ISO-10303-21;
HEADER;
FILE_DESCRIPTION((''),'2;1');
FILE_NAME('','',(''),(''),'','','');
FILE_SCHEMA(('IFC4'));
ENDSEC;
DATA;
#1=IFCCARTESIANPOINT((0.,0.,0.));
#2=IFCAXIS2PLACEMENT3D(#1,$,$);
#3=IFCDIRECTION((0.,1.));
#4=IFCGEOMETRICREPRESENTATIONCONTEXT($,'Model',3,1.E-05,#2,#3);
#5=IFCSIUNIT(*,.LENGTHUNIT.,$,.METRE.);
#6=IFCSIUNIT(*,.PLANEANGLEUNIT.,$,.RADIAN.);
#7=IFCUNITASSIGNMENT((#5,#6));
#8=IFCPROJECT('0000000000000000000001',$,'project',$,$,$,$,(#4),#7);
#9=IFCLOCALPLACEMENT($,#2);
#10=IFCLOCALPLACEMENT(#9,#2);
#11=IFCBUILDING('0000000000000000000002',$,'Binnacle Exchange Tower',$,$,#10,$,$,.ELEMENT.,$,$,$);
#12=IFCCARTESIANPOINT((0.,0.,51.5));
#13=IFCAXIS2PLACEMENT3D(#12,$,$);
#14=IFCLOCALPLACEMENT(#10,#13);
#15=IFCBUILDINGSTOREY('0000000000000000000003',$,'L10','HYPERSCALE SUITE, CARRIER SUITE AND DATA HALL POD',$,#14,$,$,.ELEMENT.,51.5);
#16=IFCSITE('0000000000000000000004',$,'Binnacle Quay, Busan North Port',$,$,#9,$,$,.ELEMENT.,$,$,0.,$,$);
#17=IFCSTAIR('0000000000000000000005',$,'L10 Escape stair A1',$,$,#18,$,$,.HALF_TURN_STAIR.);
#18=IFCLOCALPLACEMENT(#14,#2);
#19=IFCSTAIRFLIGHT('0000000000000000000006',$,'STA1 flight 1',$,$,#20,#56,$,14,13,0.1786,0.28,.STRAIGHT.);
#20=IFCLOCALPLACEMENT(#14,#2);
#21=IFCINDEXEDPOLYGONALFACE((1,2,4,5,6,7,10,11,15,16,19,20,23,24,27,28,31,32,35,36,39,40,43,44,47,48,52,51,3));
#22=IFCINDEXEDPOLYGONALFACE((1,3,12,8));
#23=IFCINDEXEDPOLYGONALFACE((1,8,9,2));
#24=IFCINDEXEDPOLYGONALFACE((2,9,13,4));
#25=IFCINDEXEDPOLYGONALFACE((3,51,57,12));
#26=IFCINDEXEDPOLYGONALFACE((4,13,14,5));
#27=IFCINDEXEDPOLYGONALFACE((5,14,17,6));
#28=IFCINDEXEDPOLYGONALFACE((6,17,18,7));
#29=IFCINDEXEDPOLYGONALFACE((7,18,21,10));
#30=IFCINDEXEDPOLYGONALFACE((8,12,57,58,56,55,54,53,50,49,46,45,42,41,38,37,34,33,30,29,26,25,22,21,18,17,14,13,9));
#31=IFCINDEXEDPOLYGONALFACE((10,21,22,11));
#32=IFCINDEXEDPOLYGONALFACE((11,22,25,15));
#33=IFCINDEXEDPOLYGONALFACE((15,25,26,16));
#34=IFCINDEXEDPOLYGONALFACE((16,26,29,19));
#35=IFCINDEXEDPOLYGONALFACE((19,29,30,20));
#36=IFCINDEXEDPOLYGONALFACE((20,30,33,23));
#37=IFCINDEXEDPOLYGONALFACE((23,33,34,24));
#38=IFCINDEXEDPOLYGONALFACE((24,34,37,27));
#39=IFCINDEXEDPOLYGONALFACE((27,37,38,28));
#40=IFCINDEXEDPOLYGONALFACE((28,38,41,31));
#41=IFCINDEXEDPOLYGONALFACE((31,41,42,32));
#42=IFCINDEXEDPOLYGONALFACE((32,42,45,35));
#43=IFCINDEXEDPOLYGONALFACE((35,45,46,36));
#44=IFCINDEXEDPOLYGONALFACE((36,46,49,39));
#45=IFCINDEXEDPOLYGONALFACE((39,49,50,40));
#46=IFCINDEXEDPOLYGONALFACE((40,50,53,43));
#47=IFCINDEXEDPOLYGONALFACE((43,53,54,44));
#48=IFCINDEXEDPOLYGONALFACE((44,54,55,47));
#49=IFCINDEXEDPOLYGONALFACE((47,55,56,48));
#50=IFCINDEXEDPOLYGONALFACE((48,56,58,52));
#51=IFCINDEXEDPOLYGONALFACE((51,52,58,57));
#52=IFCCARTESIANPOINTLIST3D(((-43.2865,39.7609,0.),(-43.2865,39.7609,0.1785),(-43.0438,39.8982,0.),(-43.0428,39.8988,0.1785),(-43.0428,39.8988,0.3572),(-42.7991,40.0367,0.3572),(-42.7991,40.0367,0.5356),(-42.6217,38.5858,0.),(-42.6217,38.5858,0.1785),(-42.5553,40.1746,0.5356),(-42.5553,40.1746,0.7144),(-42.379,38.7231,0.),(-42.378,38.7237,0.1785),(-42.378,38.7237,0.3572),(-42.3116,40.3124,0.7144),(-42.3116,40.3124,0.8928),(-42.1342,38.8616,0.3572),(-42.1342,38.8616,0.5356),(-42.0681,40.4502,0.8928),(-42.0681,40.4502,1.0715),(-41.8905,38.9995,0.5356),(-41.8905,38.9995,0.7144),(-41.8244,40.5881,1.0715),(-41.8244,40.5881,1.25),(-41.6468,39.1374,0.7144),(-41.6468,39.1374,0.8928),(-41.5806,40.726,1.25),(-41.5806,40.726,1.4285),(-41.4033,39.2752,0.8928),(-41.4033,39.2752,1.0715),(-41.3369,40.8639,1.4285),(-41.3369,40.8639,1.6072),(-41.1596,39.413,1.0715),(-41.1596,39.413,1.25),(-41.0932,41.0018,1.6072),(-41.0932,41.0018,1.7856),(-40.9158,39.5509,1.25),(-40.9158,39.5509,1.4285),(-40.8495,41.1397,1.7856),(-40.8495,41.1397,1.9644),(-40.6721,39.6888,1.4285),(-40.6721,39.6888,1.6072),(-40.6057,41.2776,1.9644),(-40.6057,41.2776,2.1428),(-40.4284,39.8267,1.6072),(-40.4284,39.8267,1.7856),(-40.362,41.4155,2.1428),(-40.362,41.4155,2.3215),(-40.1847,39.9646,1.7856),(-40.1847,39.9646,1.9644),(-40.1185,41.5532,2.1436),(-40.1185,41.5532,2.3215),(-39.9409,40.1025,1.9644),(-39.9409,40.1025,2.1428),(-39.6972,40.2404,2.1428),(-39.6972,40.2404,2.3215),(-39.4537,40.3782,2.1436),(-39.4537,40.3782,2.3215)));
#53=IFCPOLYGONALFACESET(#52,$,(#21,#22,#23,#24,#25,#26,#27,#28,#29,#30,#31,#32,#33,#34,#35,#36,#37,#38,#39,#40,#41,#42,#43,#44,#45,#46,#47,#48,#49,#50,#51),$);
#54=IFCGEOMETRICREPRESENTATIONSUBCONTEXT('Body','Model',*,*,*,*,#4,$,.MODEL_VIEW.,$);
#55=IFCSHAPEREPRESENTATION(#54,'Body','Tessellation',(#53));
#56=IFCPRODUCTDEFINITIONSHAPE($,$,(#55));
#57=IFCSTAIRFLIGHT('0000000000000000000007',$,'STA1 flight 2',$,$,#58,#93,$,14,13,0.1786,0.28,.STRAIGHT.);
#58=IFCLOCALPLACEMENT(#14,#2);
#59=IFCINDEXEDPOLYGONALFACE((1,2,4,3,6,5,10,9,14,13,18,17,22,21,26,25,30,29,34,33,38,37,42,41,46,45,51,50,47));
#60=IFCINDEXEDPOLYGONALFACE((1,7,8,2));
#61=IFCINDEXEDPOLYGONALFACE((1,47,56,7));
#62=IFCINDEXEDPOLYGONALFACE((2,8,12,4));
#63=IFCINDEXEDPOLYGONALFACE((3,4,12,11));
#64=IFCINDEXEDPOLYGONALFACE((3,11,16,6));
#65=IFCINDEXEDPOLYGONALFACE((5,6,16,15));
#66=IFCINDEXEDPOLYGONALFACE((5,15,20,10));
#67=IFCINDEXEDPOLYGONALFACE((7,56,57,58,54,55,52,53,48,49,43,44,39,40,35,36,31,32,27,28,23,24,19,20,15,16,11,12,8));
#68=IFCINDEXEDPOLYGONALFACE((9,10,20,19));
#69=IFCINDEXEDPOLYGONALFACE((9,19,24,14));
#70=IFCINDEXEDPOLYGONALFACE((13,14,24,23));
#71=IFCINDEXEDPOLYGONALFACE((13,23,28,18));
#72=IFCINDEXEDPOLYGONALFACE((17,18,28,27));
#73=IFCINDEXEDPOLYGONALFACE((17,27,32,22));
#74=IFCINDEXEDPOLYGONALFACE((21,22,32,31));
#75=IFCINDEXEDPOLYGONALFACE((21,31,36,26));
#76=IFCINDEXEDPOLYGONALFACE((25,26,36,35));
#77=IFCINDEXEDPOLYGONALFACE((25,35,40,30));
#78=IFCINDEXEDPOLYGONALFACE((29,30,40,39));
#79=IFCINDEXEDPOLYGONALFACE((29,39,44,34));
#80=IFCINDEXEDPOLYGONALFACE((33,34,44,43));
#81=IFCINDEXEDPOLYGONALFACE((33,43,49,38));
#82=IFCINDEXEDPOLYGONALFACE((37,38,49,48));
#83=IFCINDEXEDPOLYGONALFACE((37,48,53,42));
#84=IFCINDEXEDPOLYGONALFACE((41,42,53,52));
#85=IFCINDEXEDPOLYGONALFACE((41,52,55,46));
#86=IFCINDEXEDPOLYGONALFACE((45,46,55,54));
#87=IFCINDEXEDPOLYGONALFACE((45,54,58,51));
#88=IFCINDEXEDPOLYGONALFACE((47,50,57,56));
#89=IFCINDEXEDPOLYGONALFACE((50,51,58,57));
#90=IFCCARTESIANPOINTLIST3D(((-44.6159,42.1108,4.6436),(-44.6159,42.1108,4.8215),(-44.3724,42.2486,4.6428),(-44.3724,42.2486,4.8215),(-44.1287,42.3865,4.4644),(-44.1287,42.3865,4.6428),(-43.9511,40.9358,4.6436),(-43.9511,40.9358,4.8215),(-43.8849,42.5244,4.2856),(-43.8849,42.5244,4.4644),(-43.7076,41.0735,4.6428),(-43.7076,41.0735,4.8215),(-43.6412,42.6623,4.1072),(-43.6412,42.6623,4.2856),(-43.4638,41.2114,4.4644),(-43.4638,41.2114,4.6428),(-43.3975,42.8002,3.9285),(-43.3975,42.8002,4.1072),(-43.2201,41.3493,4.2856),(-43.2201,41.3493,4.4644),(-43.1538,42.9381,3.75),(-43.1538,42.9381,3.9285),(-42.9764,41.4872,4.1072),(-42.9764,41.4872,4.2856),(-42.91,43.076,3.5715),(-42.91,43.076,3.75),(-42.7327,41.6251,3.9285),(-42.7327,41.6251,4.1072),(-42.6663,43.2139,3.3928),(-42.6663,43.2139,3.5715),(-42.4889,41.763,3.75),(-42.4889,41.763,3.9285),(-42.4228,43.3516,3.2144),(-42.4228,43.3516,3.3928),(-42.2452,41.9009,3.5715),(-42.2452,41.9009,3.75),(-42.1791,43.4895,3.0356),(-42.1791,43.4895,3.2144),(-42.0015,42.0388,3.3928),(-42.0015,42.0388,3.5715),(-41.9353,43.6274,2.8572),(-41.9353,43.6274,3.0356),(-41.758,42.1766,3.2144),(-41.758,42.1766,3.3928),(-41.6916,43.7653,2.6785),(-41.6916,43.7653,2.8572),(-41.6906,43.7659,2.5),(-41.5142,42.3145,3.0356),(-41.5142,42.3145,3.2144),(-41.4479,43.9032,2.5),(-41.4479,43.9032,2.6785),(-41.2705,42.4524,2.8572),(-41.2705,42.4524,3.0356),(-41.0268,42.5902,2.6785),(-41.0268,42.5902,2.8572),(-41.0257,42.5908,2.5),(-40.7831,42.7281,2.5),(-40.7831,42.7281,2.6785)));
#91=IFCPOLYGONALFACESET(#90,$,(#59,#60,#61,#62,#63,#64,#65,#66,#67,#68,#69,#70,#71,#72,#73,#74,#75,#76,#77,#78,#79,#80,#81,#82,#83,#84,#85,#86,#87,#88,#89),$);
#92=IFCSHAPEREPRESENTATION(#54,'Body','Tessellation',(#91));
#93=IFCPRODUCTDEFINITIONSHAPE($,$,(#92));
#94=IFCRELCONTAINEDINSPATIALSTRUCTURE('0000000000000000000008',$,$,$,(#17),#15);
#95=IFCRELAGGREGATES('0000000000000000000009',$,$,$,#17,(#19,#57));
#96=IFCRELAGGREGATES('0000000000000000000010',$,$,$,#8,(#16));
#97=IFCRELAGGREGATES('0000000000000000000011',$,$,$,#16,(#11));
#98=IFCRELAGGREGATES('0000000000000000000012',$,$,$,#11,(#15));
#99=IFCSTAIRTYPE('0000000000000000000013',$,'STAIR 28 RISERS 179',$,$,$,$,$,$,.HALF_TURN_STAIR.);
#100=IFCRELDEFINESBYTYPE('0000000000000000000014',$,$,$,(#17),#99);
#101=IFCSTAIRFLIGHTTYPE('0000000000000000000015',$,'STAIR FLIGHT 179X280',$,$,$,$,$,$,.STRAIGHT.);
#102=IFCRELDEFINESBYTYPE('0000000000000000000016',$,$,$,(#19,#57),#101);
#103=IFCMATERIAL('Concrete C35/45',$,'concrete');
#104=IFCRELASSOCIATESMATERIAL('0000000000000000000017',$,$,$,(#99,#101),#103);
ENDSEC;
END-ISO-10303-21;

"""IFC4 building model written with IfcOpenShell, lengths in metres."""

from ifc_helpers import new_model, si_unit, direction, frame, origin, place, context, subcontext, project, spatial, polyline, outline, extrude, material, type_object, element, aggregate, save


model = new_model("IFC4")

# Units and contexts
model_context = context("Model", 3, precision=1e-05, world=origin(), true_north=direction((0.0, 1.0)))
body_context = subcontext(model_context, "Body", "Model", "MODEL_VIEW")
ifc_project = project(units=[si_unit("LENGTHUNIT", "METRE"), si_unit("PLANEANGLEUNIT", "RADIAN")], contexts=[model_context])

# Site, building, storey
site_placement = place(None, origin())
site = spatial("IfcSite", under=ifc_project, at=site_placement, Name="Binnacle Quay, Busan North Port", CompositionType="ELEMENT", RefElevation=0.0)
building_placement = place(site_placement, origin())
building = spatial("IfcBuilding", under=site, at=building_placement, Name="Binnacle Exchange Tower", CompositionType="ELEMENT")
storey_placement = place(building_placement, frame((0.0, 0.0, 51.5)))
storey = spatial("IfcBuildingStorey", under=building, at=storey_placement, Name="L10", Description="HYPERSCALE SUITE, CARRIER SUITE AND DATA HALL POD", CompositionType="ELEMENT", Elevation=51.5)

# Stair, stair flights
ifc_material_1 = material(Name="Concrete C35/45", Category="concrete")
stair_type = type_object("IfcStairType", Name="STAIR 28 RISERS 179", PredefinedType="HALF_TURN_STAIR", material=ifc_material_1)
stair_placement = place(storey_placement, origin())
stair = element("IfcStair", 1, at=stair_placement, inside=storey, type_object=stair_type, Name="L10 Escape stair A1", PredefinedType="HALF_TURN_STAIR")
stair_flight_type = type_object("IfcStairFlightType", Name="STAIR FLIGHT 179X280", PredefinedType="STRAIGHT", material=ifc_material_1)
stair_flight_1_placement = place(storey_placement, frame((-42.9541, 39.1733, 0.0), z_axis=(0.0, 0.0, 1.0), x_axis=(0.870356, 0.492424, 0.0)))
stair_flight_1 = element("IfcStairFlight", 2, at=stair_flight_1_placement, type_object=stair_flight_type, Name="STA1 flight 1", NumberOfRisers=14, NumberOfTreads=13, PredefinedType="STRAIGHT", RiserHeight=0.1786, TreadLength=0.28, context=body_context, shape_type="SweptSolid", body=[
    extrude(outline(polyline([(0.0, 0.0), (0.0, 0.1785), (0.28, 0.1785), (0.28, 0.3572), (0.5601, 0.3572), (0.5601, 0.5356), (0.8401, 0.5356), (0.8401, 0.7144), (1.1201, 0.7144), (1.1201, 0.8928), (1.3999, 0.8928), (1.3999, 1.0715), (1.6799, 1.0715), (1.6799, 1.25), (1.96, 1.25), (1.96, 1.4285), (2.24, 1.4285), (2.24, 1.6072), (2.52, 1.6072), (2.52, 1.7856), (2.8, 1.7856), (2.8, 1.9644), (3.0801, 1.9644), (3.0801, 2.1428), (3.3601, 2.1428), (3.3601, 2.3215), (3.6399, 2.3215), (3.6399, 2.5), (3.6399, 2.1436), (0.2788, 0.0), (0.0, 0.0)])), frame((0.0, 0.675, 0.0), z_axis=(0.0, -1.0, 0.0), x_axis=(1.0, 0.0, 0.0)), (0.0, 0.0, 1.0), 1.3501),
])
stair_flight_2_placement = place(storey_placement, frame((-41.1155, 43.3157, 2.5), z_axis=(0.0, 0.0, 1.0), x_axis=(-0.870356, -0.492424, 0.0)))
stair_flight_2 = element("IfcStairFlight", 3, at=stair_flight_2_placement, type_object=stair_flight_type, Name="STA1 flight 2", NumberOfRisers=14, NumberOfTreads=13, PredefinedType="STRAIGHT", RiserHeight=0.1786, TreadLength=0.28, context=body_context, shape_type="SweptSolid", body=[
    extrude(outline(polyline([(0.0, 0.0), (0.0, 0.1785), (0.28, 0.1785), (0.28, 0.3572), (0.5601, 0.3572), (0.5601, 0.5356), (0.8401, 0.5356), (0.8401, 0.7144), (1.1201, 0.7144), (1.1201, 0.8928), (1.3999, 0.8928), (1.3999, 1.0715), (1.6799, 1.0715), (1.6799, 1.25), (1.96, 1.25), (1.96, 1.4285), (2.24, 1.4285), (2.24, 1.6072), (2.52, 1.6072), (2.52, 1.7856), (2.8, 1.7856), (2.8, 1.9644), (3.0801, 1.9644), (3.0801, 2.1428), (3.3601, 2.1428), (3.3601, 2.3215), (3.6399, 2.3215), (3.6399, 2.5), (3.6399, 2.1436), (0.2788, 0.0), (0.0, 0.0)])), frame((0.0, 0.675, 0.0), z_axis=(0.0, -1.0, 0.0), x_axis=(1.0, 0.0, 0.0)), (0.0, 0.0, 1.0), 1.3501),
])
aggregate(stair, [stair_flight_1, stair_flight_2])

save(model, "model.ifc")
